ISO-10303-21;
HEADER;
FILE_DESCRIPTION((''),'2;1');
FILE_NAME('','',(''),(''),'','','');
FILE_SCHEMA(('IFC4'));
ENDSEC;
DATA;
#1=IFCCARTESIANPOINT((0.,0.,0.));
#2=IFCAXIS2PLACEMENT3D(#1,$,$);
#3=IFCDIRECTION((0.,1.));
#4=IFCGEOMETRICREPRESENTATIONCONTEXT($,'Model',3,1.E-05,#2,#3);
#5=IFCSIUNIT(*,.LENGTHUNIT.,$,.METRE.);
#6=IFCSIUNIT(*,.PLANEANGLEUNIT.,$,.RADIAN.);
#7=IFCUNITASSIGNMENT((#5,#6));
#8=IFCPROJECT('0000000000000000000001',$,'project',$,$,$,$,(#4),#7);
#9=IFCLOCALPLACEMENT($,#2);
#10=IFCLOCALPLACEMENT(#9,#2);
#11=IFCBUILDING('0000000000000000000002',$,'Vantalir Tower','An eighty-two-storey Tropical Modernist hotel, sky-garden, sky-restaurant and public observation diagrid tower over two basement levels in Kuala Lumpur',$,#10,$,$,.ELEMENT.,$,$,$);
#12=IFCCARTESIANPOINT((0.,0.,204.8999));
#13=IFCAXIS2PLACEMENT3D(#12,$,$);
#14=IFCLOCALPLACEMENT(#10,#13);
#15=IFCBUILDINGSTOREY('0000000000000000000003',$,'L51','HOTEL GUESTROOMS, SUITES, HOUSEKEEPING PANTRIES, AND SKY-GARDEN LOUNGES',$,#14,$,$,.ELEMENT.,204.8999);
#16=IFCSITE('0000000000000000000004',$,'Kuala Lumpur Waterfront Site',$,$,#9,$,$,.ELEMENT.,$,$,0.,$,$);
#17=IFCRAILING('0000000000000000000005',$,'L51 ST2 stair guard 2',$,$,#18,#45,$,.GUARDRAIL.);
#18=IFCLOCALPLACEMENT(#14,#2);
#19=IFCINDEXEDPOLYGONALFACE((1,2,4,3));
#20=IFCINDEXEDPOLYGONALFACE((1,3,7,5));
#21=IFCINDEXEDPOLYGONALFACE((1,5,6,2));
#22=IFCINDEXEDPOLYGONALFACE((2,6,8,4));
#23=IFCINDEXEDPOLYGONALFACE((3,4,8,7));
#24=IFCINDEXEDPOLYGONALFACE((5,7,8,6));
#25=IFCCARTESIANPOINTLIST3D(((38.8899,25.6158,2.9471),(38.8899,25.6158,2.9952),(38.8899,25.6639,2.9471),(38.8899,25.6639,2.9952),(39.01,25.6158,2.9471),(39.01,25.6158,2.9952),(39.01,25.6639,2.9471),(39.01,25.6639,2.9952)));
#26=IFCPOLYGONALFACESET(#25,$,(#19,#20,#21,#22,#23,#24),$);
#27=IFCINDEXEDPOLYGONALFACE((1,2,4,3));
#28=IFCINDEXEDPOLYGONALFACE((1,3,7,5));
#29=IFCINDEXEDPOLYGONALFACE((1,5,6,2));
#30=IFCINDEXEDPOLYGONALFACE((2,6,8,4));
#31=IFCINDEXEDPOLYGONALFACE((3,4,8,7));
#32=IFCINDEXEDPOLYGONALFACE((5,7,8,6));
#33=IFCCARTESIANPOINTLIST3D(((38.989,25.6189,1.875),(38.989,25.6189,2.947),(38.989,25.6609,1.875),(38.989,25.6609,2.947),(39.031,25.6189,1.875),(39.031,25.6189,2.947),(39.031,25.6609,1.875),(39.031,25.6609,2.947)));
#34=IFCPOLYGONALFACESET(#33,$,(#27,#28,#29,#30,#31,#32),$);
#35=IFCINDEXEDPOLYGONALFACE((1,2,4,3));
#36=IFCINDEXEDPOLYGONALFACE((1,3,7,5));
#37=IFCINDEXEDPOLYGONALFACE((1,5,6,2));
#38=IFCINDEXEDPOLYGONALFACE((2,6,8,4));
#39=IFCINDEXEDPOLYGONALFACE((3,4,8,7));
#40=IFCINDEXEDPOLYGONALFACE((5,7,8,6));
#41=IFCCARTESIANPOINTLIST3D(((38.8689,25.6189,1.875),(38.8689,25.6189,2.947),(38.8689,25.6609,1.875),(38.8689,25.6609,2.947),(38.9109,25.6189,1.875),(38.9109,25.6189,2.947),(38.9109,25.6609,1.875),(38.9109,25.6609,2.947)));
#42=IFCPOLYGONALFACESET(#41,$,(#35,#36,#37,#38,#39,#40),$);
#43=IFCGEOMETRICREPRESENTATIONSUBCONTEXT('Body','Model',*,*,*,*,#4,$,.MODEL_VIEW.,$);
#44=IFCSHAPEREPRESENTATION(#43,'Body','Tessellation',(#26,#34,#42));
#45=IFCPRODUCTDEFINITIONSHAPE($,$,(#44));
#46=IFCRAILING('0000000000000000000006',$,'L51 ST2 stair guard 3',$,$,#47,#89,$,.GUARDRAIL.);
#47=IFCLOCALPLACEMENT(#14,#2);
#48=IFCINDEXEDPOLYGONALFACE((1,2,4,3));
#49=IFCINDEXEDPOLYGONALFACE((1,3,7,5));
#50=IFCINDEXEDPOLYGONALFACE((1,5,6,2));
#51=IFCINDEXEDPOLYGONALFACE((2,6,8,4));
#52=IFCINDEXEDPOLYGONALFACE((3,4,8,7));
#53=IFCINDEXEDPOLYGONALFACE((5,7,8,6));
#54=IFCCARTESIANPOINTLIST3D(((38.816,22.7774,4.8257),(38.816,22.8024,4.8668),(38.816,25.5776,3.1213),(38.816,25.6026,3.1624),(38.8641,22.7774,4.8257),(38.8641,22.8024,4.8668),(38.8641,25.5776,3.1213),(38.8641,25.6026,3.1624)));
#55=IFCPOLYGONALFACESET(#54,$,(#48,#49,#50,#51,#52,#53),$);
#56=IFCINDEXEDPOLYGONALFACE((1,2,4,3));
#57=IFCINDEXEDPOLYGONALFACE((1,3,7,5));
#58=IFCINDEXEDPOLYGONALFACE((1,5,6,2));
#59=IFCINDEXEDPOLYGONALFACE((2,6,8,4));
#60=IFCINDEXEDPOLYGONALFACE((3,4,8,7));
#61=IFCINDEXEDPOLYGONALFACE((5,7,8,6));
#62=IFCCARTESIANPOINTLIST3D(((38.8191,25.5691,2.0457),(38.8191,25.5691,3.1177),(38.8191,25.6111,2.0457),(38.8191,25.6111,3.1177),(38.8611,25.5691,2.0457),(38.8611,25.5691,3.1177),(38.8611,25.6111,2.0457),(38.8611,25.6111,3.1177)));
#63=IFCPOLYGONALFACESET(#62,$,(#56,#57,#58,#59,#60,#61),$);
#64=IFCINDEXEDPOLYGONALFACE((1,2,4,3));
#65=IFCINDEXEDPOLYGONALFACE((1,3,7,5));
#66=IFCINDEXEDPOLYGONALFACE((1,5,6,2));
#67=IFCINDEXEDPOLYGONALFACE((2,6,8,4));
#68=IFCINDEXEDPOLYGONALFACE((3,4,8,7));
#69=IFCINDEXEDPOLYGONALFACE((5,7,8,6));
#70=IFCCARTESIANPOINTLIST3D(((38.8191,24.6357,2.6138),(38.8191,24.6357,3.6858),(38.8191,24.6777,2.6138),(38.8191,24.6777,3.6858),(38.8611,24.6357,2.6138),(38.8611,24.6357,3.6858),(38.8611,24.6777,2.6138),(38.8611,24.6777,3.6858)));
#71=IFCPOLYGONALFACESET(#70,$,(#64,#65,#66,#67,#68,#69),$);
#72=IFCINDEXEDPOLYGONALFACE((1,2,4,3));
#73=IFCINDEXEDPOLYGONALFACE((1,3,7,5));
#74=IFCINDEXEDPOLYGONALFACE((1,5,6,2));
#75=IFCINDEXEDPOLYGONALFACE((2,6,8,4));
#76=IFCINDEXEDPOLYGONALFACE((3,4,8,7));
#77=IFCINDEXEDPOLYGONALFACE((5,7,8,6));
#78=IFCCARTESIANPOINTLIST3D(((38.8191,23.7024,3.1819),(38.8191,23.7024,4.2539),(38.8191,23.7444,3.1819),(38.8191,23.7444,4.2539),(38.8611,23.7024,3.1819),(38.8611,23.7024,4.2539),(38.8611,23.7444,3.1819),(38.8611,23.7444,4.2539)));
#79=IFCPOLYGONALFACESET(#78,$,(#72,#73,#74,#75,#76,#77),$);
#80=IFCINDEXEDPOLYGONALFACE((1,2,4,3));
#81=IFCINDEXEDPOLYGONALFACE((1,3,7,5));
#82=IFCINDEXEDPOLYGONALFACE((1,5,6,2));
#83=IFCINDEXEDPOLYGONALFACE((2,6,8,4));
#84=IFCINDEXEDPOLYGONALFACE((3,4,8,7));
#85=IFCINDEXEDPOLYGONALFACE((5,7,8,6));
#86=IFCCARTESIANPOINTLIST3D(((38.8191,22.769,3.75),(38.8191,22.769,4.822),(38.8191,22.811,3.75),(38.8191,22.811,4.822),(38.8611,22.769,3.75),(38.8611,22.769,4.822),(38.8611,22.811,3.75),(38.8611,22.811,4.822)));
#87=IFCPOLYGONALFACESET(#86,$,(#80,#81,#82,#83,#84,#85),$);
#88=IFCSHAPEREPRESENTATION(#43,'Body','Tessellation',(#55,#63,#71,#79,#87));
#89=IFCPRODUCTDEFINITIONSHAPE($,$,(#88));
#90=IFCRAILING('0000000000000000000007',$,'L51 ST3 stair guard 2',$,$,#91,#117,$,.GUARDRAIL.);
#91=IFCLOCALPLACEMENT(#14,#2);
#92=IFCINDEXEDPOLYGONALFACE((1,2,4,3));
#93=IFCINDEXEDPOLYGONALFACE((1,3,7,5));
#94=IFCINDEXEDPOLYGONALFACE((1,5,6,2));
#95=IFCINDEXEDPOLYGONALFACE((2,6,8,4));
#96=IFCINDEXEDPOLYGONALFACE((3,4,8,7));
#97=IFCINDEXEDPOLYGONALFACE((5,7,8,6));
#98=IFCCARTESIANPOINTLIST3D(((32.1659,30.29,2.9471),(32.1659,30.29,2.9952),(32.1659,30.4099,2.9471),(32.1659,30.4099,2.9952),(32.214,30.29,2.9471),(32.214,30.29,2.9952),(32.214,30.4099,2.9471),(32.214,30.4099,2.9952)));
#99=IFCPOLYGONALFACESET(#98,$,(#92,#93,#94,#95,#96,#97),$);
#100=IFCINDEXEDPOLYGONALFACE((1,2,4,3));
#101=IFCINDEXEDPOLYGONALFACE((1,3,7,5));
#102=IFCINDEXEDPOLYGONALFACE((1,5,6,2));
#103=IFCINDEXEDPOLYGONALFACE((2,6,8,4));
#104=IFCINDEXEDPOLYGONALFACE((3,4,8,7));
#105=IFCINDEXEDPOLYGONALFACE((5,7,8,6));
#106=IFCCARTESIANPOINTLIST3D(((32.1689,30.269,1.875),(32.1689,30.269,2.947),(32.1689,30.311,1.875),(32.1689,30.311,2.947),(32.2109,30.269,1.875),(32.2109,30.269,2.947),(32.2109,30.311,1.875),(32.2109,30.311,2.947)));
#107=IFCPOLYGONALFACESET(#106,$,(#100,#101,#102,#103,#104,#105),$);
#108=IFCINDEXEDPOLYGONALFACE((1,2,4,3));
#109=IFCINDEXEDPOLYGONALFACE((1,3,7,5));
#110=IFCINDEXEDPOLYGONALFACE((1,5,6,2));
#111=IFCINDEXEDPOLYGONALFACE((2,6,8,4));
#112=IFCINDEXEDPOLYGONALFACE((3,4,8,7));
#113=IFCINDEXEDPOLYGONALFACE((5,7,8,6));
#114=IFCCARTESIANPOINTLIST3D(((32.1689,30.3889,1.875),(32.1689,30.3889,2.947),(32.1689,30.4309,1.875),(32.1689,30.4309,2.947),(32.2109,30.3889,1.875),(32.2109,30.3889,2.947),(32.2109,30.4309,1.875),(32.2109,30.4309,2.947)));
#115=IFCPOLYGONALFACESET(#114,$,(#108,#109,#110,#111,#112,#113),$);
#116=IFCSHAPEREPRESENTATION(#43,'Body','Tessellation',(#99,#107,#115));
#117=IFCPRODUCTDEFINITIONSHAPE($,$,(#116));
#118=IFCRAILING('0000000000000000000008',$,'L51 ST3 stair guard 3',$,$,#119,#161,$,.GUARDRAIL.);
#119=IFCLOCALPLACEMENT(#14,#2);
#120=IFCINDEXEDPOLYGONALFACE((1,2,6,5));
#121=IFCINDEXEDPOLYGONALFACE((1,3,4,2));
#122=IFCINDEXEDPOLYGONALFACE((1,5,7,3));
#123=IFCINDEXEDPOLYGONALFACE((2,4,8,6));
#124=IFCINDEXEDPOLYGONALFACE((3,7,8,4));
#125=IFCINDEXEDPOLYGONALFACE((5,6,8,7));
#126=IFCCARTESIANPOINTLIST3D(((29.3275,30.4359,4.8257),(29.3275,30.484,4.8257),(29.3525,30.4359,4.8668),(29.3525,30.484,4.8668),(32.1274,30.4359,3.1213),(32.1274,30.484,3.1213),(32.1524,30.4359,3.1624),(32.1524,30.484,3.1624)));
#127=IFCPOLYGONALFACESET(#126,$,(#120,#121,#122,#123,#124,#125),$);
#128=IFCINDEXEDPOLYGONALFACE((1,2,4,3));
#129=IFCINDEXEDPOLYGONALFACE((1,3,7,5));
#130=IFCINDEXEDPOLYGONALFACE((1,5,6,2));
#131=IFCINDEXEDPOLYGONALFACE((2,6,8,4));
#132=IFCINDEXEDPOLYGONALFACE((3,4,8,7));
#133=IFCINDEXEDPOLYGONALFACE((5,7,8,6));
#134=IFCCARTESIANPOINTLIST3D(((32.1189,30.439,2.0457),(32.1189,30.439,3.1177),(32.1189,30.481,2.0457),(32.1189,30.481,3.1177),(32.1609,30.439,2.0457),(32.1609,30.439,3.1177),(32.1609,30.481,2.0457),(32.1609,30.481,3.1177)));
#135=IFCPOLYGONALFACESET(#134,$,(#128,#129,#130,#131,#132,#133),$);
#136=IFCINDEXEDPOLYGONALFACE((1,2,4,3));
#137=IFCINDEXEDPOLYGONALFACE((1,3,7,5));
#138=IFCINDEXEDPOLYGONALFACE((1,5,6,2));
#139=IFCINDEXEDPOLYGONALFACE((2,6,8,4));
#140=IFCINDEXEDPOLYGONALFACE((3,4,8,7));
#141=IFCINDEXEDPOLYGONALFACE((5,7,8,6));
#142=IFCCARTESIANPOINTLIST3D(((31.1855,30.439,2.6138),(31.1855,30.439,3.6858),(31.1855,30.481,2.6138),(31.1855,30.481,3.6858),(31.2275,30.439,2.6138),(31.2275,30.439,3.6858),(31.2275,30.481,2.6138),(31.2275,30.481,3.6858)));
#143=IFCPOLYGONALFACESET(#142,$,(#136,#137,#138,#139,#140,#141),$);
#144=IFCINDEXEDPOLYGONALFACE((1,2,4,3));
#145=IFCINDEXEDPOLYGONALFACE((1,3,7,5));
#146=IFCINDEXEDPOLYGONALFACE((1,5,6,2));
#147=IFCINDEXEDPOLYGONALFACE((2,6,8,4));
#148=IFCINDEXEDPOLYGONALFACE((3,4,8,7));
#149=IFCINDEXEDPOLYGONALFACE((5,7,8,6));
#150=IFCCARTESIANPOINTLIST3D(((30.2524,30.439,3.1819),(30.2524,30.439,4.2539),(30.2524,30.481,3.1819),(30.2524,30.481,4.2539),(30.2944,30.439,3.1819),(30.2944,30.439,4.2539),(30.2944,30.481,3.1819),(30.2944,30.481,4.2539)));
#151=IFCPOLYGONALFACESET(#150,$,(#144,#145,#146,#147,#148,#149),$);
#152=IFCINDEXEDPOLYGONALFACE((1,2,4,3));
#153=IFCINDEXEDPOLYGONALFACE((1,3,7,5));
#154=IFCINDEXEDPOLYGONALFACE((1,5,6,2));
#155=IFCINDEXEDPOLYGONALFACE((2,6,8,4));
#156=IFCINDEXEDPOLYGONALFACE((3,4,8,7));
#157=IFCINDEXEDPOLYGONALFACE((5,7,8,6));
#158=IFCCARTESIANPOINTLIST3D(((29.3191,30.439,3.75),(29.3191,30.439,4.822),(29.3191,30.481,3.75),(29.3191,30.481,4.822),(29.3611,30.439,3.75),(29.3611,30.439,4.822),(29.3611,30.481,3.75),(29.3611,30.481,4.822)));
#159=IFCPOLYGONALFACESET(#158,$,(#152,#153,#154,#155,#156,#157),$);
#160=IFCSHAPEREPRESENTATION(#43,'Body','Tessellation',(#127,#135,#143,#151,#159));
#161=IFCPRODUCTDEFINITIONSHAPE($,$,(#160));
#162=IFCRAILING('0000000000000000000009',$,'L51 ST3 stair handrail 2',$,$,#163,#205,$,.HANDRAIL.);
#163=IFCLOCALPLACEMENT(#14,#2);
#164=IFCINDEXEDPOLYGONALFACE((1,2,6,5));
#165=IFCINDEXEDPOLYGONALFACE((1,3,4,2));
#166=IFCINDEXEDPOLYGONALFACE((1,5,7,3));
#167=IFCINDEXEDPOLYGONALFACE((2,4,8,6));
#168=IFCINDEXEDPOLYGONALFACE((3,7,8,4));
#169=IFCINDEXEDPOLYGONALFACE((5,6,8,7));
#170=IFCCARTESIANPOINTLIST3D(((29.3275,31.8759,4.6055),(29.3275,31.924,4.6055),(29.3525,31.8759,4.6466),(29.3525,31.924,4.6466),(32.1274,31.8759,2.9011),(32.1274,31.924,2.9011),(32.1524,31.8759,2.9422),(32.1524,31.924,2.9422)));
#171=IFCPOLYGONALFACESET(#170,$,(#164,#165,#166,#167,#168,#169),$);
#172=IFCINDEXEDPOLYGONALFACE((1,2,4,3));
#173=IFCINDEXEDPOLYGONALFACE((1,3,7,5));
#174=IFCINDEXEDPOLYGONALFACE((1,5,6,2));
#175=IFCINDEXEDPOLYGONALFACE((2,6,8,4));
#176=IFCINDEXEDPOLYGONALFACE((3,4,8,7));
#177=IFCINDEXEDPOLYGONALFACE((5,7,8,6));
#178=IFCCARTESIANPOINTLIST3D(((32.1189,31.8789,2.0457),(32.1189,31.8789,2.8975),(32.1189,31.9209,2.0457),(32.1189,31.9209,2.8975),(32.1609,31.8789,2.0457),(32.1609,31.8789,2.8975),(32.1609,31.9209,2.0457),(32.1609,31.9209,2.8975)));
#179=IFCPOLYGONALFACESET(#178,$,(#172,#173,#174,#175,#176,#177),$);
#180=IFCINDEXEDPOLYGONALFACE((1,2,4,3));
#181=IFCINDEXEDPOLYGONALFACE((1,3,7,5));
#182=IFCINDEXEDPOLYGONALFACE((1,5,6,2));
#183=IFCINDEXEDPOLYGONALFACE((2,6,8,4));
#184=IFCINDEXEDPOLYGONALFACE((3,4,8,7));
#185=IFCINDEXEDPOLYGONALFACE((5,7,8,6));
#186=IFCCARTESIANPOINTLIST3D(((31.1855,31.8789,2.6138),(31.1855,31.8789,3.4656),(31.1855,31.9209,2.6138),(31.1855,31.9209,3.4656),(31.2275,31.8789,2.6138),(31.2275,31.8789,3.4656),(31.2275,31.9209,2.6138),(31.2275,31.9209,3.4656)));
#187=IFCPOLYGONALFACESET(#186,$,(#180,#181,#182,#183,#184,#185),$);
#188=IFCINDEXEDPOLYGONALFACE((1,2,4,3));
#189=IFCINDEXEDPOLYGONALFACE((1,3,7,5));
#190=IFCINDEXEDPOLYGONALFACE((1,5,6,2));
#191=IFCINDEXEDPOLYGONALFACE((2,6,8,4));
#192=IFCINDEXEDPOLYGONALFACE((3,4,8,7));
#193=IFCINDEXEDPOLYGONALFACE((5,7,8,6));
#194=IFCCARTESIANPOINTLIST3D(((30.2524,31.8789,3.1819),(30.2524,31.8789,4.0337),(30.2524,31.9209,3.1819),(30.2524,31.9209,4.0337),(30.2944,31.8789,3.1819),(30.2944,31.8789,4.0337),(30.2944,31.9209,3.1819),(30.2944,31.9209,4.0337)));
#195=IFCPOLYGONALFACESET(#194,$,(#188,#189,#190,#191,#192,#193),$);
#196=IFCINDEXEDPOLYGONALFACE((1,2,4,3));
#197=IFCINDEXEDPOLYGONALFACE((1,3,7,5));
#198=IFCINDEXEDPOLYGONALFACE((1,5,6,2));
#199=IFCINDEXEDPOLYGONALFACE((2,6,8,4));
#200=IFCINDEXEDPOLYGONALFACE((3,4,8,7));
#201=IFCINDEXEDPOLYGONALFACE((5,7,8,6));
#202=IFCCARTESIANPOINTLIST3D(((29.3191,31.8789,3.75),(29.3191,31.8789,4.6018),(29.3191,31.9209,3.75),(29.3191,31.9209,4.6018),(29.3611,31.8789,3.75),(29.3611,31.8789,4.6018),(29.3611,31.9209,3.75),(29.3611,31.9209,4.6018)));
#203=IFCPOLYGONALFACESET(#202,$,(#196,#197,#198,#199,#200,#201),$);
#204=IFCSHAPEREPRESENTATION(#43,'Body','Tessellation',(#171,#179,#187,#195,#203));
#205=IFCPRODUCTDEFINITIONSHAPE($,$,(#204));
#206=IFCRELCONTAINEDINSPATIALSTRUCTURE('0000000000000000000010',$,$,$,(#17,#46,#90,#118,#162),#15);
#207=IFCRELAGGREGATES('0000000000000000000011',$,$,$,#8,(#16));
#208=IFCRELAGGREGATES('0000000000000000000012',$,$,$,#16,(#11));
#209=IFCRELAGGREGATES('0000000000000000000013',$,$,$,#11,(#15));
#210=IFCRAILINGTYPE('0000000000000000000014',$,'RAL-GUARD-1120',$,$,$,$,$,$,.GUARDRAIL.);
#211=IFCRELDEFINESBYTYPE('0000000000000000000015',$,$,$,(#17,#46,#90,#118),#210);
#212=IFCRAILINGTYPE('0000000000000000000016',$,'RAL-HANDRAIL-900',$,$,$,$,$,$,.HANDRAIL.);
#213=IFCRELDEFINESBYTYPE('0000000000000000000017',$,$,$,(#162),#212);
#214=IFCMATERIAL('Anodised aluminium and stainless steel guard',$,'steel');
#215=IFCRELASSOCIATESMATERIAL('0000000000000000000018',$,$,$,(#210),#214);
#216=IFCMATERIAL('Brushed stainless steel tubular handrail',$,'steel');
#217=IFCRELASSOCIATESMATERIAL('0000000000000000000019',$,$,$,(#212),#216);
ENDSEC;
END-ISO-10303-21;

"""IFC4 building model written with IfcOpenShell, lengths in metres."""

from ifc_helpers import new_model, si_unit, direction, frame, origin, origin_2d, place, context, subcontext, project, spatial, rectangle, extrude, material, type_object, element, save


model = new_model("IFC4")

# Units and contexts
model_context = context("Model", 3, precision=1e-05, world=origin(), true_north=direction((0.0, 1.0)))
body_context = subcontext(model_context, "Body", "Model", "MODEL_VIEW")
ifc_project = project(units=[si_unit("LENGTHUNIT", "METRE"), si_unit("PLANEANGLEUNIT", "RADIAN")], contexts=[model_context])

# Site, building, storey
site_placement = place(None, origin())
site = spatial("IfcSite", under=ifc_project, at=site_placement, Name="Kuala Lumpur Waterfront Site", CompositionType="ELEMENT", RefElevation=0.0)
building_placement = place(site_placement, origin())
building = spatial("IfcBuilding", under=site, at=building_placement, Name="Vantalir Tower", Description="An eighty-two-storey Tropical Modernist hotel, sky-garden, sky-restaurant and public observation diagrid tower over two basement levels in Kuala Lumpur", CompositionType="ELEMENT")
storey_placement = place(building_placement, frame((0.0, 0.0, 204.8999)))
storey = spatial("IfcBuildingStorey", under=building, at=storey_placement, Name="L51", Description="HOTEL GUESTROOMS, SUITES, HOUSEKEEPING PANTRIES, AND SKY-GARDEN LOUNGES", CompositionType="ELEMENT", Elevation=204.8999)

# Railings
ifc_material_1 = material(Name="Anodised aluminium and stainless steel guard", Category="steel")
railing_type_1 = type_object("IfcRailingType", Name="RAL-GUARD-1120", PredefinedType="GUARDRAIL", material=ifc_material_1)
railing_1_placement = place(storey_placement, frame((39.01, 25.6399, 1.875)))
element("IfcRailing", 1, at=railing_1_placement, inside=storey, type_object=railing_type_1, Name="L51 ST2 stair guard 2", PredefinedType="GUARDRAIL", context=body_context, shape_type="SweptSolid", body=[
    extrude(rectangle(XDim=0.0481, YDim=0.0481, at=origin_2d()), frame((0.0, 0.0, 1.0962), z_axis=(-1.0, 0.0, 0.0), x_axis=(0.0, -1.0, 0.0)), (0.0, 0.0, 1.0), 0.1201),
    extrude(rectangle(XDim=0.042, YDim=0.042, at=origin_2d()), origin(), (0.0, 0.0, 1.0), 1.072),
    extrude(rectangle(XDim=0.042, YDim=0.042, at=origin_2d()), frame((-0.1201, 0.0, 0.0)), (0.0, 0.0, 1.0), 1.072),
])
railing_2_placement = place(storey_placement, frame((38.8401, 25.5901, 2.0457)))
element("IfcRailing", 2, at=railing_2_placement, inside=storey, type_object=railing_type_1, Name="L51 ST2 stair guard 3", PredefinedType="GUARDRAIL", context=body_context, shape_type="SweptSolid", body=[
    extrude(rectangle(XDim=0.0481, YDim=0.0481, at=origin_2d()), frame((0.0, 0.0, 1.0962), z_axis=(0.0, -0.854203, 0.51994), x_axis=(1.0, 0.0, 0.0)), (0.0, 0.0, 1.0), 3.2781),
    extrude(rectangle(XDim=0.042, YDim=0.042, at=origin_2d()), origin(), (0.0, 0.0, 1.0), 1.072),
    extrude(rectangle(XDim=0.042, YDim=0.042, at=origin_2d()), frame((0.0, -0.9333, 0.5681)), (0.0, 0.0, 1.0), 1.072),
    extrude(rectangle(XDim=0.042, YDim=0.042, at=origin_2d()), frame((0.0, -1.8667, 1.1362)), (0.0, 0.0, 1.0), 1.072),
    extrude(rectangle(XDim=0.042, YDim=0.042, at=origin_2d()), frame((0.0, -2.8, 1.7043)), (0.0, 0.0, 1.0), 1.072),
])
railing_3_placement = place(storey_placement, frame((32.1899, 30.29, 1.875)))
element("IfcRailing", 3, at=railing_3_placement, inside=storey, type_object=railing_type_1, Name="L51 ST3 stair guard 2", PredefinedType="GUARDRAIL", context=body_context, shape_type="SweptSolid", body=[
    extrude(rectangle(XDim=0.0481, YDim=0.0481, at=origin_2d()), frame((0.0, 0.0, 1.0962), z_axis=(0.0, 1.0, 0.0), x_axis=(-1.0, 0.0, 0.0)), (0.0, 0.0, 1.0), 0.1199),
    extrude(rectangle(XDim=0.042, YDim=0.042, at=origin_2d()), origin(), (0.0, 0.0, 1.0), 1.072),
    extrude(rectangle(XDim=0.042, YDim=0.042, at=origin_2d()), frame((0.0, 0.1199, 0.0)), (0.0, 0.0, 1.0), 1.072),
])
railing_4_placement = place(storey_placement, frame((32.1399, 30.46, 2.0457)))
element("IfcRailing", 4, at=railing_4_placement, inside=storey, type_object=railing_type_1, Name="L51 ST3 stair guard 3", PredefinedType="GUARDRAIL", context=body_context, shape_type="SweptSolid", body=[
    extrude(rectangle(XDim=0.0481, YDim=0.0481, at=origin_2d()), frame((0.0, 0.0, 1.0962), z_axis=(-0.854183, 0.0, 0.519973), x_axis=(0.0, -1.0, 0.0)), (0.0, 0.0, 1.0), 3.2778),
    extrude(rectangle(XDim=0.042, YDim=0.042, at=origin_2d()), origin(), (0.0, 0.0, 1.0), 1.072),
    extrude(rectangle(XDim=0.042, YDim=0.042, at=origin_2d()), frame((-0.9333, 0.0, 0.5681)), (0.0, 0.0, 1.0), 1.072),
    extrude(rectangle(XDim=0.042, YDim=0.042, at=origin_2d()), frame((-1.8665, 0.0, 1.1362)), (0.0, 0.0, 1.0), 1.072),
    extrude(rectangle(XDim=0.042, YDim=0.042, at=origin_2d()), frame((-2.7998, 0.0, 1.7043)), (0.0, 0.0, 1.0), 1.072),
])
ifc_material_2 = material(Name="Brushed stainless steel tubular handrail", Category="steel")
railing_type_2 = type_object("IfcRailingType", Name="RAL-HANDRAIL-900", PredefinedType="HANDRAIL", material=ifc_material_2)
railing_5_placement = place(storey_placement, frame((32.1399, 31.8999, 2.0457)))
element("IfcRailing", 5, at=railing_5_placement, inside=storey, type_object=railing_type_2, Name="L51 ST3 stair handrail 2", PredefinedType="HANDRAIL", context=body_context, shape_type="SweptSolid", body=[
    extrude(rectangle(XDim=0.0481, YDim=0.0481, at=origin_2d()), frame((0.0, 0.0, 0.876), z_axis=(-0.854183, 0.0, 0.519973), x_axis=(0.0, -1.0, 0.0)), (0.0, 0.0, 1.0), 3.2778),
    extrude(rectangle(XDim=0.042, YDim=0.042, at=origin_2d()), origin(), (0.0, 0.0, 1.0), 0.8518),
    extrude(rectangle(XDim=0.042, YDim=0.042, at=origin_2d()), frame((-0.9333, 0.0, 0.5681)), (0.0, 0.0, 1.0), 0.8518),
    extrude(rectangle(XDim=0.042, YDim=0.042, at=origin_2d()), frame((-1.8665, 0.0, 1.1362)), (0.0, 0.0, 1.0), 0.8518),
    extrude(rectangle(XDim=0.042, YDim=0.042, at=origin_2d()), frame((-2.7998, 0.0, 1.7043)), (0.0, 0.0, 1.0), 0.8518),
])

save(model, "model.ifc")
